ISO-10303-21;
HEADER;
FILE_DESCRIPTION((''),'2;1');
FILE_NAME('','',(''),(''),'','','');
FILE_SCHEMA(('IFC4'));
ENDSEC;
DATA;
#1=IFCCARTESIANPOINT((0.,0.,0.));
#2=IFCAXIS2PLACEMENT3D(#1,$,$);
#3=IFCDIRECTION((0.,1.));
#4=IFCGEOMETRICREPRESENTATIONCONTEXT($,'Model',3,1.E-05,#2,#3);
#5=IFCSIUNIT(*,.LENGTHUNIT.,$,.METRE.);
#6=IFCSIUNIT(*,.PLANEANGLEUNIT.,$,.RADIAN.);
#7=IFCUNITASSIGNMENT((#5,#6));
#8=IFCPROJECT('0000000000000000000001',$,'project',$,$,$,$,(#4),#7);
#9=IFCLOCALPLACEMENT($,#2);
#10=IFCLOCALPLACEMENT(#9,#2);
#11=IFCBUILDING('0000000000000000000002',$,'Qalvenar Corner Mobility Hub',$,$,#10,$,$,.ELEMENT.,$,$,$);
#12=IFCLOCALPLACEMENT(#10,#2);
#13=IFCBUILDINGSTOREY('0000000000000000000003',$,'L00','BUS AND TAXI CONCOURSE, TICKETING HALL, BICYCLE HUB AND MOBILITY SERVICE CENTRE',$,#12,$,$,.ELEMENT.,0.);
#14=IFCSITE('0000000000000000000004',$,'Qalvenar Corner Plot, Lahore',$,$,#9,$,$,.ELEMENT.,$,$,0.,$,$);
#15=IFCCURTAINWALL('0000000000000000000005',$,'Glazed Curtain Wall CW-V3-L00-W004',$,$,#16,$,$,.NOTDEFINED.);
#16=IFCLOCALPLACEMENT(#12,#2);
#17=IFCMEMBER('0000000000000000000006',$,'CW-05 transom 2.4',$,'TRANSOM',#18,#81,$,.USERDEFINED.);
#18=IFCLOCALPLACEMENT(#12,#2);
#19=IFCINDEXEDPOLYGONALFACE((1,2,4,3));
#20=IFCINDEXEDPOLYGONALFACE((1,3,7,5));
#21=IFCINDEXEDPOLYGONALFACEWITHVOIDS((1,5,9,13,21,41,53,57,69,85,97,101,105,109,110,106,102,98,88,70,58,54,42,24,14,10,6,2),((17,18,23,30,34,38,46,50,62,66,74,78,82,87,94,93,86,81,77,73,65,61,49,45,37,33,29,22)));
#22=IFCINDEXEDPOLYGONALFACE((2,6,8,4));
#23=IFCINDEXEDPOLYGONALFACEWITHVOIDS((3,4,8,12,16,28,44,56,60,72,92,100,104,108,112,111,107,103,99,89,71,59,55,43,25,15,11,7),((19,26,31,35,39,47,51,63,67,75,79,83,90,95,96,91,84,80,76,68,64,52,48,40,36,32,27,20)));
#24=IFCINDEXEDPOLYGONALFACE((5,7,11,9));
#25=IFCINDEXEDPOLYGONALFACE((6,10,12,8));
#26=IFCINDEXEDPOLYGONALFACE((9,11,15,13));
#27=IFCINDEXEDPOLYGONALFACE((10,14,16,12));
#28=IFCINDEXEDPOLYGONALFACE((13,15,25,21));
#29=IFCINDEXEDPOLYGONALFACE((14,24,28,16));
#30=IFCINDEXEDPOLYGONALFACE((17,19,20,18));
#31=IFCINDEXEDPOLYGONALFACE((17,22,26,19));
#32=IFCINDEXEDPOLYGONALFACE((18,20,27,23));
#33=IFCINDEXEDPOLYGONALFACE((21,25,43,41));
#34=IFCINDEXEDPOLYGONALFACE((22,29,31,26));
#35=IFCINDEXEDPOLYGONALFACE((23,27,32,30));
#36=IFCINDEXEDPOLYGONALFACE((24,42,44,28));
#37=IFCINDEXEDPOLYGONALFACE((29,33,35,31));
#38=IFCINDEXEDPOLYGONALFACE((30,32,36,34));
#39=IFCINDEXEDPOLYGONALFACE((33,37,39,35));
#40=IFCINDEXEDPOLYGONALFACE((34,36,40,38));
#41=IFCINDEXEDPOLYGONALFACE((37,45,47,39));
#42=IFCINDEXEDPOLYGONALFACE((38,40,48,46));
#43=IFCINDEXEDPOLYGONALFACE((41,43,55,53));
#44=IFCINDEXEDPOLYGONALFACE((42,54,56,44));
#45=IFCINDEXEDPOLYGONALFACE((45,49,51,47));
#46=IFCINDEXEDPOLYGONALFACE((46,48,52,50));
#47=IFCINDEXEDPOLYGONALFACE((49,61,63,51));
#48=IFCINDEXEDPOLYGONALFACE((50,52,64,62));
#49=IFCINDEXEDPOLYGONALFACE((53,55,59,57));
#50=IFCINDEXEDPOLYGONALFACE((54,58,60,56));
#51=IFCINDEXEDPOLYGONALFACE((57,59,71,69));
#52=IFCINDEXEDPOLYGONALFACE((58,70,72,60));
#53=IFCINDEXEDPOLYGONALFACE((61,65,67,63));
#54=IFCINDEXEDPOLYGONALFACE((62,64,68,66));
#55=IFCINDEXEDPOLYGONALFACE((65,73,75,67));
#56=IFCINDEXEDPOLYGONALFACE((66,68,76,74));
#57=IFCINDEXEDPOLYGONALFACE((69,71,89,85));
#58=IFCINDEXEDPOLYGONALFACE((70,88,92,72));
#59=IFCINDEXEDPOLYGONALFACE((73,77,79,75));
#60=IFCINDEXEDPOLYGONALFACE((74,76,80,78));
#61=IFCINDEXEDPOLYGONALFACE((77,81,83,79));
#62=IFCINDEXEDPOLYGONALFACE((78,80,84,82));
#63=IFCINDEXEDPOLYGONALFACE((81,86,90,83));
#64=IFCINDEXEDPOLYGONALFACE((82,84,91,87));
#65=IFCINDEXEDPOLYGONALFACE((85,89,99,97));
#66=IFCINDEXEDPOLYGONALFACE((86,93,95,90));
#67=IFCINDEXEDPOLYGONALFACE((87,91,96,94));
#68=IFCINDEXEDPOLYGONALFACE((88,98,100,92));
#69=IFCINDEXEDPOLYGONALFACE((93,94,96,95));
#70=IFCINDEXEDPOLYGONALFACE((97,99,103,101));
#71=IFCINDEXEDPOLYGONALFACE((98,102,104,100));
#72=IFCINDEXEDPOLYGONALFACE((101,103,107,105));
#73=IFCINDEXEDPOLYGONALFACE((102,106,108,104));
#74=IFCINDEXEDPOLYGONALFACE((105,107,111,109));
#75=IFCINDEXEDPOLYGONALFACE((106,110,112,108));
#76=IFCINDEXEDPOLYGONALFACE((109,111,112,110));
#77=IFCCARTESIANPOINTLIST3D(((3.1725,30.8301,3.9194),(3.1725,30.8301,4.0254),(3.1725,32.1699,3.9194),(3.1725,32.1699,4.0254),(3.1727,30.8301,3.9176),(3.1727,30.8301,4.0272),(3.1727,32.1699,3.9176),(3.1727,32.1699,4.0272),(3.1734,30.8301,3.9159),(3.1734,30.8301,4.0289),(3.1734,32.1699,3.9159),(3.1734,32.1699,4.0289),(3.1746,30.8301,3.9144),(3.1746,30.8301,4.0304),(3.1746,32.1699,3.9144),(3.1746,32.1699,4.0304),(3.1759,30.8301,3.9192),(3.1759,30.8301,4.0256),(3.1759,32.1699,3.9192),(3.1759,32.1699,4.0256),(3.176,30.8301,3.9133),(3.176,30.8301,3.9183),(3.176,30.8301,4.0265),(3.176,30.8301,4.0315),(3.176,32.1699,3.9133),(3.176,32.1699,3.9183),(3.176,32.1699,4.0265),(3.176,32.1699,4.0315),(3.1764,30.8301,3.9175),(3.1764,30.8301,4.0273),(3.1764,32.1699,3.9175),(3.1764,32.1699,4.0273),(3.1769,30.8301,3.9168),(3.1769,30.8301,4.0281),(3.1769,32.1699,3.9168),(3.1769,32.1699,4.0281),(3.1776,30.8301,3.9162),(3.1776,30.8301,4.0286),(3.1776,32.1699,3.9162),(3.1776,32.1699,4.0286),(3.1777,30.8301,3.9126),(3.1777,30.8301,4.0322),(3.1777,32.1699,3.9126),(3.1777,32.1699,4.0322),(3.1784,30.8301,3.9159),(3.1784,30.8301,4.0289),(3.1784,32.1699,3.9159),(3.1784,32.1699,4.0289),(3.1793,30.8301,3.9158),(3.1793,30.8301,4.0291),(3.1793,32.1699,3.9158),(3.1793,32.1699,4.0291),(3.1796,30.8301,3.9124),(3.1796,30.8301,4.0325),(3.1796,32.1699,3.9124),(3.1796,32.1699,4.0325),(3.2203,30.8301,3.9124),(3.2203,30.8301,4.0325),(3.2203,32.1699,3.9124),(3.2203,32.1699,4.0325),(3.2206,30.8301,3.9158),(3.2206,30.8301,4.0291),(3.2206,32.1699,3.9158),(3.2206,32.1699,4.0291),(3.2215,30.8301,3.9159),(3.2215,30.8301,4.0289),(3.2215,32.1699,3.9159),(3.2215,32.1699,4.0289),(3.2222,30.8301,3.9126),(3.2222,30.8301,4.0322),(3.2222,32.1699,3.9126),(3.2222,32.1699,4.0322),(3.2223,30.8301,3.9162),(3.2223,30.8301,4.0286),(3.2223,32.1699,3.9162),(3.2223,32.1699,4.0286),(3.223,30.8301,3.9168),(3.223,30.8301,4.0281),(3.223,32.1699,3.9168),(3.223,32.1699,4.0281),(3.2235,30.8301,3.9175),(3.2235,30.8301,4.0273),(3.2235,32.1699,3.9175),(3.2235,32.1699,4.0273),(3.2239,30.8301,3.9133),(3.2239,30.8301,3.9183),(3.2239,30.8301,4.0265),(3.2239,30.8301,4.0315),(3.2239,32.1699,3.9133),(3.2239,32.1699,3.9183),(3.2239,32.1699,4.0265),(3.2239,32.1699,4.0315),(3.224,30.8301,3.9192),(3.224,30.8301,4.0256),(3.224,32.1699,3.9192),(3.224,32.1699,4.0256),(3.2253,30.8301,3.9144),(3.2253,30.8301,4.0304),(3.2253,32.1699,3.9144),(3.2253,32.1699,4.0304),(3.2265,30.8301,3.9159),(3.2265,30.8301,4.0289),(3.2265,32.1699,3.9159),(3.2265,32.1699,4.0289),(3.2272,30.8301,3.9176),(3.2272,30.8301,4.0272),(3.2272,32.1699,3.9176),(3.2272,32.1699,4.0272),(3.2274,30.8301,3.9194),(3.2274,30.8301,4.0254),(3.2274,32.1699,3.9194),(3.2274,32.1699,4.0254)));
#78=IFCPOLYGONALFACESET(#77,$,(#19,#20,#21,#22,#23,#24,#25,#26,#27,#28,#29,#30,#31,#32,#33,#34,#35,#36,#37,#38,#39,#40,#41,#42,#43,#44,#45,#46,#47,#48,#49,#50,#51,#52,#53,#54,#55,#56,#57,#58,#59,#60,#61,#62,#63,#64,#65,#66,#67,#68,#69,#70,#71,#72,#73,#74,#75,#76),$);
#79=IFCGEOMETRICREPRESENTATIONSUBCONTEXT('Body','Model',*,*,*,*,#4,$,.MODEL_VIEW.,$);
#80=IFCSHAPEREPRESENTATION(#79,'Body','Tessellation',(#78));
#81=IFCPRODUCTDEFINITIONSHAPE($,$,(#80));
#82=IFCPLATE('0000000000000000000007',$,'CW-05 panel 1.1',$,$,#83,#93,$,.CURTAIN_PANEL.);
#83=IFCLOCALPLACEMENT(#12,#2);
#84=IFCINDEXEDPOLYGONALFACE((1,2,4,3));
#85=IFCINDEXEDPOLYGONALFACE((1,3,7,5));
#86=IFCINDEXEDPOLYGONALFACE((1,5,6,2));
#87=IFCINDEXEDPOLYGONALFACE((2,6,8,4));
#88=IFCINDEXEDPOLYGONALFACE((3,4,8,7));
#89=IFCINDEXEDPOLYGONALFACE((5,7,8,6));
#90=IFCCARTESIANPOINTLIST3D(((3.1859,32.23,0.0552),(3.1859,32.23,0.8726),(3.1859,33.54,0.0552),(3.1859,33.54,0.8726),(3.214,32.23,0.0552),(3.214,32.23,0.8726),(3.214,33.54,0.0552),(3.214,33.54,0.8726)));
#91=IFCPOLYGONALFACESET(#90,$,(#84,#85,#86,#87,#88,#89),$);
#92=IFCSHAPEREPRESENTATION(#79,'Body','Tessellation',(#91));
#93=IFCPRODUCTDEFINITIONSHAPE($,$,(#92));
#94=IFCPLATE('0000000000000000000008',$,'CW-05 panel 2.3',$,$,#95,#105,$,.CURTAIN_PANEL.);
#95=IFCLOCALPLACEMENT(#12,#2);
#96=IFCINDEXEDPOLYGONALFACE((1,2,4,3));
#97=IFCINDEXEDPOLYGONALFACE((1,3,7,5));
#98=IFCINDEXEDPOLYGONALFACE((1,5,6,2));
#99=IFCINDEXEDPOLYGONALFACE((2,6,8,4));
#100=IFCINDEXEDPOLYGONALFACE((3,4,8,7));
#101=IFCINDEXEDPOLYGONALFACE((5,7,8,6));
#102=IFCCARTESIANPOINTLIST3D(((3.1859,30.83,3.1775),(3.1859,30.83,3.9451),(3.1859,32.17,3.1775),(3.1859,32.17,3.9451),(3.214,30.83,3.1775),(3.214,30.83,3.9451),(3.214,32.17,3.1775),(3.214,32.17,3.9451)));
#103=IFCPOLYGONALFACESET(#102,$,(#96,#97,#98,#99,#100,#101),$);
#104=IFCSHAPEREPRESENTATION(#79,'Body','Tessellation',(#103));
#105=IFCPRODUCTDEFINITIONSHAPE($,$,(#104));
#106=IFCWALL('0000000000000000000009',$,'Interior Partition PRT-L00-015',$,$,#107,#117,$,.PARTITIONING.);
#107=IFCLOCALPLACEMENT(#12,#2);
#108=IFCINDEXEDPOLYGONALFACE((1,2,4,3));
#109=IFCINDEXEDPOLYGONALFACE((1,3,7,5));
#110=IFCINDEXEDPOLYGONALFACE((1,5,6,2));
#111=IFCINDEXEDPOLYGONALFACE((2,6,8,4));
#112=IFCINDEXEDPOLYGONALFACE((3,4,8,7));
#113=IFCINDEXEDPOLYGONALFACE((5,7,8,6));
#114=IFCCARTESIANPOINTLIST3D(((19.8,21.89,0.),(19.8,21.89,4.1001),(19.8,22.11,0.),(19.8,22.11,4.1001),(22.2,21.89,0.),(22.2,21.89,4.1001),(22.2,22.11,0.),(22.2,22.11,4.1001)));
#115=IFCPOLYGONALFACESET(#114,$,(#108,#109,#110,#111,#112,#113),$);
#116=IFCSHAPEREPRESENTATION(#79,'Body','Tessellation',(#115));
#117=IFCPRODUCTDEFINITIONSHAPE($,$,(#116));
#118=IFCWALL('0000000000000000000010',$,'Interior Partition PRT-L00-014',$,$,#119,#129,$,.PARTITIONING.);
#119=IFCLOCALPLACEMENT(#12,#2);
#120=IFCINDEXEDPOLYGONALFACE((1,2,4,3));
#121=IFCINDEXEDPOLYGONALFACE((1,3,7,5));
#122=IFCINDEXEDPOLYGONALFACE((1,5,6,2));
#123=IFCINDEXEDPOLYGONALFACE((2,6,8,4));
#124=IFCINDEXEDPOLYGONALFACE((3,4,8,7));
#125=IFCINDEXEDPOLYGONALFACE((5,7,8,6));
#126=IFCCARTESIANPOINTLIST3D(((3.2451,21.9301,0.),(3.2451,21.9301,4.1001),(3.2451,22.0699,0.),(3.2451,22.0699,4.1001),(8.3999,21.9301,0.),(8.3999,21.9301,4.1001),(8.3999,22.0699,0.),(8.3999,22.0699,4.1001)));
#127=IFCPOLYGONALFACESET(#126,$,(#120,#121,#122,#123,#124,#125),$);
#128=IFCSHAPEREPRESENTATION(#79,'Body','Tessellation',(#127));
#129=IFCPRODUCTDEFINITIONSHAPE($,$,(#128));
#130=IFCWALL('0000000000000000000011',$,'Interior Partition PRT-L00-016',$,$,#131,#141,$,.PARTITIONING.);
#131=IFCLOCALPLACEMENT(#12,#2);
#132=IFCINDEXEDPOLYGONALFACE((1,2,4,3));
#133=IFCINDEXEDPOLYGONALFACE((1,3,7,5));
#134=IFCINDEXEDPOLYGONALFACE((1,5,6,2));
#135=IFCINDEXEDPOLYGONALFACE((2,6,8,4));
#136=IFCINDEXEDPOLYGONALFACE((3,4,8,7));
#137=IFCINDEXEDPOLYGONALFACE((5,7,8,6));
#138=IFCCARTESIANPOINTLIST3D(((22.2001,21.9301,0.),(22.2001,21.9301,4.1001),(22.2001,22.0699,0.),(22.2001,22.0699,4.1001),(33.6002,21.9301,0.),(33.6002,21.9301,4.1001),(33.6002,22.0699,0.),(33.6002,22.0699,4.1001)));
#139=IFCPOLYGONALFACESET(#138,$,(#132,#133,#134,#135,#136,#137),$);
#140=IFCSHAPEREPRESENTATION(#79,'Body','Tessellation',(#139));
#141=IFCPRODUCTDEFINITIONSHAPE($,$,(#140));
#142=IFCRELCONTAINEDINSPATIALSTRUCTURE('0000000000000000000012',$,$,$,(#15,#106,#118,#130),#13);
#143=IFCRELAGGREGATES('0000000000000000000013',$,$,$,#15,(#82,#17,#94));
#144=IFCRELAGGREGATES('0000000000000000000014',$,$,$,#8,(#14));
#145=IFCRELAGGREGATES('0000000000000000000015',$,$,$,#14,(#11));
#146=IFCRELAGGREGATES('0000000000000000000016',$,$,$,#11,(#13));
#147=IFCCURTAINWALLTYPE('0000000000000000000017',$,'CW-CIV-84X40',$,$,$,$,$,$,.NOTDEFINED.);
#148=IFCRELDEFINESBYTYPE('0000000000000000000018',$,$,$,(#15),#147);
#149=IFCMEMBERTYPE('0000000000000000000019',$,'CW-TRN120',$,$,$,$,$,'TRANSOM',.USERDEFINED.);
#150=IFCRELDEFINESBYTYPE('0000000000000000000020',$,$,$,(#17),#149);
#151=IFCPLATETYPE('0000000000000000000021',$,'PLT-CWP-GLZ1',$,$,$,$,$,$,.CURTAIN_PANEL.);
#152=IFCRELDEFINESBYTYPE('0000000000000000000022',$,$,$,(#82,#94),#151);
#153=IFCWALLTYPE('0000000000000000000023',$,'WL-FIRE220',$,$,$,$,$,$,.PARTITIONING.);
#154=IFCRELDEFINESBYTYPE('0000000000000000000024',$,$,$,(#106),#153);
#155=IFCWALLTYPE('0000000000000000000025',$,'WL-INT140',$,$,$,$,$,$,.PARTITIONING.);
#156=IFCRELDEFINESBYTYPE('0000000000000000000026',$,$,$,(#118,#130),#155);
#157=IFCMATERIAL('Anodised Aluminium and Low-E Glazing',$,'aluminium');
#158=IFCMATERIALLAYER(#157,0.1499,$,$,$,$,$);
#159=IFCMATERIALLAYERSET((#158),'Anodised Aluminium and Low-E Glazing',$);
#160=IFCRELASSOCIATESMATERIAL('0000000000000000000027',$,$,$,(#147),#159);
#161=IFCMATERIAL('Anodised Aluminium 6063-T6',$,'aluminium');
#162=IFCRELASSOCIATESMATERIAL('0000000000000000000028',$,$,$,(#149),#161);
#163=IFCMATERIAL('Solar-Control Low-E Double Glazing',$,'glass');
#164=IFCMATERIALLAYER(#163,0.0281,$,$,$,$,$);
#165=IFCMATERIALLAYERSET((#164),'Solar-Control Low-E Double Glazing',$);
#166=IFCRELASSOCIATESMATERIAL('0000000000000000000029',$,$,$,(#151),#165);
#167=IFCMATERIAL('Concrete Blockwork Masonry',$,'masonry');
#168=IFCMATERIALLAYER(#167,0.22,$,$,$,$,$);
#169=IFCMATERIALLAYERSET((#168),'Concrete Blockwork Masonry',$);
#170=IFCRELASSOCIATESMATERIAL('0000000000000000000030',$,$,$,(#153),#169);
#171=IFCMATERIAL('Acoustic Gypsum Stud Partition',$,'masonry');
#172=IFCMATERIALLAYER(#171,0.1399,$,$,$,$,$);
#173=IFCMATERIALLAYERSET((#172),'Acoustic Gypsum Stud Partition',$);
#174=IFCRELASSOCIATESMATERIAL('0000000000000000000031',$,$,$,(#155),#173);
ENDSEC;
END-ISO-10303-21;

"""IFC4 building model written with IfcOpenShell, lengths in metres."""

from ifc_helpers import new_model, si_unit, direction, frame, frame_2d, origin, origin_2d, place, context, subcontext, project, spatial, rectangle, hollow_rectangle, extrude, material, layer, layer_set, material_profile, profile_set, type_object, element, aggregate, save


model = new_model("IFC4")

# Units and contexts
model_context = context("Model", 3, precision=1e-05, world=origin(), true_north=direction((0.0, 1.0)))
body_context = subcontext(model_context, "Body", "Model", "MODEL_VIEW")
ifc_project = project(units=[si_unit("LENGTHUNIT", "METRE"), si_unit("PLANEANGLEUNIT", "RADIAN")], contexts=[model_context])

# Site, building, storey
site_placement = place(None, origin())
site = spatial("IfcSite", under=ifc_project, at=site_placement, Name="Qalvenar Corner Plot, Lahore", CompositionType="ELEMENT", RefElevation=0.0)
building_placement = place(site_placement, origin())
building = spatial("IfcBuilding", under=site, at=building_placement, Name="Qalvenar Corner Mobility Hub", CompositionType="ELEMENT")
storey_placement = place(building_placement, origin())
storey = spatial("IfcBuildingStorey", under=building, at=storey_placement, Name="L00", Description="BUS AND TAXI CONCOURSE, TICKETING HALL, BICYCLE HUB AND MOBILITY SERVICE CENTRE", CompositionType="ELEMENT", Elevation=0.0)

# Curtain wall, member, plates
ifc_material_1 = material(Name="Anodised Aluminium and Low-E Glazing", Category="aluminium")
ifc_layer_1 = layer(ifc_material_1, 0.1499)
ifc_layer_set_1 = layer_set([ifc_layer_1], Name="Anodised Aluminium and Low-E Glazing")
curtain_wall_type = type_object("IfcCurtainWallType", Name="CW-CIV-84X40", PredefinedType="NOTDEFINED", material=ifc_layer_set_1)
curtain_wall_placement = place(storey_placement, origin())
curtain_wall = element("IfcCurtainWall", 1, at=curtain_wall_placement, inside=storey, type_object=curtain_wall_type, Name="Glazed Curtain Wall CW-V3-L00-W004", PredefinedType="NOTDEFINED")
ifc_material_2 = material(Name="Anodised Aluminium 6063-T6", Category="aluminium")
ifc_material_profile_1 = material_profile(ifc_material_2, hollow_rectangle(XDim=0.0549, YDim=0.1201, WallThickness=0.0034, InnerFilletRadius=0.0034, OuterFilletRadius=0.0071, at=origin_2d()), Name="RHS120x55x3.5")
ifc_profile_set_1 = profile_set([ifc_material_profile_1], Name="Anodised Aluminium 6063-T6")
member_type_1 = type_object("IfcMemberType", Name="CW-TRN120", ElementType="TRANSOM", PredefinedType="USERDEFINED", material=ifc_profile_set_1)
member_1_placement = place(storey_placement, frame((3.2, 32.1699, 3.9724), z_axis=(0.0, -1.0, 0.0), x_axis=(1.0, 0.0, 0.0)))
member_1 = element("IfcMember", 2, at=member_1_placement, type_object=member_type_1, Name="CW-05 transom 2.4", ObjectType="TRANSOM", PredefinedType="USERDEFINED", context=body_context, shape_type="SweptSolid", body=[
    extrude(hollow_rectangle(XDim=0.0549, YDim=0.1201, WallThickness=0.0034, InnerFilletRadius=0.0034, OuterFilletRadius=0.0071, at=origin_2d()), origin(), (0.0, 0.0, 1.0), 1.3398),
])
ifc_material_3 = material(Name="Solar-Control Low-E Double Glazing", Category="glass")
ifc_layer_2 = layer(ifc_material_3, 0.0281)
ifc_layer_set_2 = layer_set([ifc_layer_2], Name="Solar-Control Low-E Double Glazing")
plate_type = type_object("IfcPlateType", Name="PLT-CWP-GLZ1", PredefinedType="CURTAIN_PANEL", material=ifc_layer_set_2)
plate_1_placement = place(storey_placement, frame((3.2, 32.885, 0.0552), z_axis=(0.0, 0.0, 1.0), x_axis=(0.0, -1.0, 0.0)))
plate_1 = element("IfcPlate", 3, at=plate_1_placement, type_object=plate_type, Name="CW-05 panel 1.1", PredefinedType="CURTAIN_PANEL", context=body_context, shape_type="SweptSolid", body=[
    extrude(rectangle(XDim=1.3101, YDim=0.0281, at=origin_2d()), origin(), (0.0, 0.0, 1.0), 0.8174),
])
plate_2_placement = place(storey_placement, frame((3.2, 31.5, 3.1775), z_axis=(0.0, 0.0, 1.0), x_axis=(0.0, -1.0, 0.0)))
plate_2 = element("IfcPlate", 4, at=plate_2_placement, type_object=plate_type, Name="CW-05 panel 2.3", PredefinedType="CURTAIN_PANEL", context=body_context, shape_type="SweptSolid", body=[
    extrude(rectangle(XDim=1.3401, YDim=0.0281, at=origin_2d()), origin(), (0.0, 0.0, 1.0), 0.7676),
])
aggregate(curtain_wall, [plate_1, member_1, plate_2])

# Walls
ifc_material_4 = material(Name="Concrete Blockwork Masonry", Category="masonry")
ifc_layer_3 = layer(ifc_material_4, 0.22)
ifc_layer_set_3 = layer_set([ifc_layer_3], Name="Concrete Blockwork Masonry")
wall_type_1 = type_object("IfcWallType", Name="WL-FIRE220", PredefinedType="PARTITIONING", material=ifc_layer_set_3)
wall_1_placement = place(storey_placement, frame((19.8, 22.0, 0.0), z_axis=(0.0, 0.0, 1.0), x_axis=(1.0, 0.0, 0.0)))
element("IfcWall", 5, at=wall_1_placement, inside=storey, type_object=wall_type_1, Name="Interior Partition PRT-L00-015", PredefinedType="PARTITIONING", context=body_context, shape_type="SweptSolid", body=[
    extrude(rectangle(XDim=2.3999, YDim=0.22, at=frame_2d((1.2, 0.0))), origin(), (0.0, 0.0, 1.0), 4.1001),
])
ifc_material_5 = material(Name="Acoustic Gypsum Stud Partition", Category="masonry")
ifc_layer_4 = layer(ifc_material_5, 0.1399)
ifc_layer_set_4 = layer_set([ifc_layer_4], Name="Acoustic Gypsum Stud Partition")
wall_type_2 = type_object("IfcWallType", Name="WL-INT140", PredefinedType="PARTITIONING", material=ifc_layer_set_4)
wall_2_placement = place(storey_placement, frame((3.2451, 22.0, 0.0), z_axis=(0.0, 0.0, 1.0), x_axis=(1.0, 0.0, 0.0)))
element("IfcWall", 6, at=wall_2_placement, inside=storey, type_object=wall_type_2, Name="Interior Partition PRT-L00-014", PredefinedType="PARTITIONING", context=body_context, shape_type="SweptSolid", body=[
    extrude(rectangle(XDim=5.1548, YDim=0.1399, at=frame_2d((2.5774, 0.0))), origin(), (0.0, 0.0, 1.0), 4.1001),
])
wall_3_placement = place(storey_placement, frame((22.2, 22.0, 0.0), z_axis=(0.0, 0.0, 1.0), x_axis=(1.0, 0.0, 0.0)))
element("IfcWall", 7, at=wall_3_placement, inside=storey, type_object=wall_type_2, Name="Interior Partition PRT-L00-016", PredefinedType="PARTITIONING", context=body_context, shape_type="SweptSolid", body=[
    extrude(rectangle(XDim=11.4001, YDim=0.1399, at=frame_2d((5.7002, 0.0))), origin(), (0.0, 0.0, 1.0), 4.1001),
])

save(model, "model.ifc")
